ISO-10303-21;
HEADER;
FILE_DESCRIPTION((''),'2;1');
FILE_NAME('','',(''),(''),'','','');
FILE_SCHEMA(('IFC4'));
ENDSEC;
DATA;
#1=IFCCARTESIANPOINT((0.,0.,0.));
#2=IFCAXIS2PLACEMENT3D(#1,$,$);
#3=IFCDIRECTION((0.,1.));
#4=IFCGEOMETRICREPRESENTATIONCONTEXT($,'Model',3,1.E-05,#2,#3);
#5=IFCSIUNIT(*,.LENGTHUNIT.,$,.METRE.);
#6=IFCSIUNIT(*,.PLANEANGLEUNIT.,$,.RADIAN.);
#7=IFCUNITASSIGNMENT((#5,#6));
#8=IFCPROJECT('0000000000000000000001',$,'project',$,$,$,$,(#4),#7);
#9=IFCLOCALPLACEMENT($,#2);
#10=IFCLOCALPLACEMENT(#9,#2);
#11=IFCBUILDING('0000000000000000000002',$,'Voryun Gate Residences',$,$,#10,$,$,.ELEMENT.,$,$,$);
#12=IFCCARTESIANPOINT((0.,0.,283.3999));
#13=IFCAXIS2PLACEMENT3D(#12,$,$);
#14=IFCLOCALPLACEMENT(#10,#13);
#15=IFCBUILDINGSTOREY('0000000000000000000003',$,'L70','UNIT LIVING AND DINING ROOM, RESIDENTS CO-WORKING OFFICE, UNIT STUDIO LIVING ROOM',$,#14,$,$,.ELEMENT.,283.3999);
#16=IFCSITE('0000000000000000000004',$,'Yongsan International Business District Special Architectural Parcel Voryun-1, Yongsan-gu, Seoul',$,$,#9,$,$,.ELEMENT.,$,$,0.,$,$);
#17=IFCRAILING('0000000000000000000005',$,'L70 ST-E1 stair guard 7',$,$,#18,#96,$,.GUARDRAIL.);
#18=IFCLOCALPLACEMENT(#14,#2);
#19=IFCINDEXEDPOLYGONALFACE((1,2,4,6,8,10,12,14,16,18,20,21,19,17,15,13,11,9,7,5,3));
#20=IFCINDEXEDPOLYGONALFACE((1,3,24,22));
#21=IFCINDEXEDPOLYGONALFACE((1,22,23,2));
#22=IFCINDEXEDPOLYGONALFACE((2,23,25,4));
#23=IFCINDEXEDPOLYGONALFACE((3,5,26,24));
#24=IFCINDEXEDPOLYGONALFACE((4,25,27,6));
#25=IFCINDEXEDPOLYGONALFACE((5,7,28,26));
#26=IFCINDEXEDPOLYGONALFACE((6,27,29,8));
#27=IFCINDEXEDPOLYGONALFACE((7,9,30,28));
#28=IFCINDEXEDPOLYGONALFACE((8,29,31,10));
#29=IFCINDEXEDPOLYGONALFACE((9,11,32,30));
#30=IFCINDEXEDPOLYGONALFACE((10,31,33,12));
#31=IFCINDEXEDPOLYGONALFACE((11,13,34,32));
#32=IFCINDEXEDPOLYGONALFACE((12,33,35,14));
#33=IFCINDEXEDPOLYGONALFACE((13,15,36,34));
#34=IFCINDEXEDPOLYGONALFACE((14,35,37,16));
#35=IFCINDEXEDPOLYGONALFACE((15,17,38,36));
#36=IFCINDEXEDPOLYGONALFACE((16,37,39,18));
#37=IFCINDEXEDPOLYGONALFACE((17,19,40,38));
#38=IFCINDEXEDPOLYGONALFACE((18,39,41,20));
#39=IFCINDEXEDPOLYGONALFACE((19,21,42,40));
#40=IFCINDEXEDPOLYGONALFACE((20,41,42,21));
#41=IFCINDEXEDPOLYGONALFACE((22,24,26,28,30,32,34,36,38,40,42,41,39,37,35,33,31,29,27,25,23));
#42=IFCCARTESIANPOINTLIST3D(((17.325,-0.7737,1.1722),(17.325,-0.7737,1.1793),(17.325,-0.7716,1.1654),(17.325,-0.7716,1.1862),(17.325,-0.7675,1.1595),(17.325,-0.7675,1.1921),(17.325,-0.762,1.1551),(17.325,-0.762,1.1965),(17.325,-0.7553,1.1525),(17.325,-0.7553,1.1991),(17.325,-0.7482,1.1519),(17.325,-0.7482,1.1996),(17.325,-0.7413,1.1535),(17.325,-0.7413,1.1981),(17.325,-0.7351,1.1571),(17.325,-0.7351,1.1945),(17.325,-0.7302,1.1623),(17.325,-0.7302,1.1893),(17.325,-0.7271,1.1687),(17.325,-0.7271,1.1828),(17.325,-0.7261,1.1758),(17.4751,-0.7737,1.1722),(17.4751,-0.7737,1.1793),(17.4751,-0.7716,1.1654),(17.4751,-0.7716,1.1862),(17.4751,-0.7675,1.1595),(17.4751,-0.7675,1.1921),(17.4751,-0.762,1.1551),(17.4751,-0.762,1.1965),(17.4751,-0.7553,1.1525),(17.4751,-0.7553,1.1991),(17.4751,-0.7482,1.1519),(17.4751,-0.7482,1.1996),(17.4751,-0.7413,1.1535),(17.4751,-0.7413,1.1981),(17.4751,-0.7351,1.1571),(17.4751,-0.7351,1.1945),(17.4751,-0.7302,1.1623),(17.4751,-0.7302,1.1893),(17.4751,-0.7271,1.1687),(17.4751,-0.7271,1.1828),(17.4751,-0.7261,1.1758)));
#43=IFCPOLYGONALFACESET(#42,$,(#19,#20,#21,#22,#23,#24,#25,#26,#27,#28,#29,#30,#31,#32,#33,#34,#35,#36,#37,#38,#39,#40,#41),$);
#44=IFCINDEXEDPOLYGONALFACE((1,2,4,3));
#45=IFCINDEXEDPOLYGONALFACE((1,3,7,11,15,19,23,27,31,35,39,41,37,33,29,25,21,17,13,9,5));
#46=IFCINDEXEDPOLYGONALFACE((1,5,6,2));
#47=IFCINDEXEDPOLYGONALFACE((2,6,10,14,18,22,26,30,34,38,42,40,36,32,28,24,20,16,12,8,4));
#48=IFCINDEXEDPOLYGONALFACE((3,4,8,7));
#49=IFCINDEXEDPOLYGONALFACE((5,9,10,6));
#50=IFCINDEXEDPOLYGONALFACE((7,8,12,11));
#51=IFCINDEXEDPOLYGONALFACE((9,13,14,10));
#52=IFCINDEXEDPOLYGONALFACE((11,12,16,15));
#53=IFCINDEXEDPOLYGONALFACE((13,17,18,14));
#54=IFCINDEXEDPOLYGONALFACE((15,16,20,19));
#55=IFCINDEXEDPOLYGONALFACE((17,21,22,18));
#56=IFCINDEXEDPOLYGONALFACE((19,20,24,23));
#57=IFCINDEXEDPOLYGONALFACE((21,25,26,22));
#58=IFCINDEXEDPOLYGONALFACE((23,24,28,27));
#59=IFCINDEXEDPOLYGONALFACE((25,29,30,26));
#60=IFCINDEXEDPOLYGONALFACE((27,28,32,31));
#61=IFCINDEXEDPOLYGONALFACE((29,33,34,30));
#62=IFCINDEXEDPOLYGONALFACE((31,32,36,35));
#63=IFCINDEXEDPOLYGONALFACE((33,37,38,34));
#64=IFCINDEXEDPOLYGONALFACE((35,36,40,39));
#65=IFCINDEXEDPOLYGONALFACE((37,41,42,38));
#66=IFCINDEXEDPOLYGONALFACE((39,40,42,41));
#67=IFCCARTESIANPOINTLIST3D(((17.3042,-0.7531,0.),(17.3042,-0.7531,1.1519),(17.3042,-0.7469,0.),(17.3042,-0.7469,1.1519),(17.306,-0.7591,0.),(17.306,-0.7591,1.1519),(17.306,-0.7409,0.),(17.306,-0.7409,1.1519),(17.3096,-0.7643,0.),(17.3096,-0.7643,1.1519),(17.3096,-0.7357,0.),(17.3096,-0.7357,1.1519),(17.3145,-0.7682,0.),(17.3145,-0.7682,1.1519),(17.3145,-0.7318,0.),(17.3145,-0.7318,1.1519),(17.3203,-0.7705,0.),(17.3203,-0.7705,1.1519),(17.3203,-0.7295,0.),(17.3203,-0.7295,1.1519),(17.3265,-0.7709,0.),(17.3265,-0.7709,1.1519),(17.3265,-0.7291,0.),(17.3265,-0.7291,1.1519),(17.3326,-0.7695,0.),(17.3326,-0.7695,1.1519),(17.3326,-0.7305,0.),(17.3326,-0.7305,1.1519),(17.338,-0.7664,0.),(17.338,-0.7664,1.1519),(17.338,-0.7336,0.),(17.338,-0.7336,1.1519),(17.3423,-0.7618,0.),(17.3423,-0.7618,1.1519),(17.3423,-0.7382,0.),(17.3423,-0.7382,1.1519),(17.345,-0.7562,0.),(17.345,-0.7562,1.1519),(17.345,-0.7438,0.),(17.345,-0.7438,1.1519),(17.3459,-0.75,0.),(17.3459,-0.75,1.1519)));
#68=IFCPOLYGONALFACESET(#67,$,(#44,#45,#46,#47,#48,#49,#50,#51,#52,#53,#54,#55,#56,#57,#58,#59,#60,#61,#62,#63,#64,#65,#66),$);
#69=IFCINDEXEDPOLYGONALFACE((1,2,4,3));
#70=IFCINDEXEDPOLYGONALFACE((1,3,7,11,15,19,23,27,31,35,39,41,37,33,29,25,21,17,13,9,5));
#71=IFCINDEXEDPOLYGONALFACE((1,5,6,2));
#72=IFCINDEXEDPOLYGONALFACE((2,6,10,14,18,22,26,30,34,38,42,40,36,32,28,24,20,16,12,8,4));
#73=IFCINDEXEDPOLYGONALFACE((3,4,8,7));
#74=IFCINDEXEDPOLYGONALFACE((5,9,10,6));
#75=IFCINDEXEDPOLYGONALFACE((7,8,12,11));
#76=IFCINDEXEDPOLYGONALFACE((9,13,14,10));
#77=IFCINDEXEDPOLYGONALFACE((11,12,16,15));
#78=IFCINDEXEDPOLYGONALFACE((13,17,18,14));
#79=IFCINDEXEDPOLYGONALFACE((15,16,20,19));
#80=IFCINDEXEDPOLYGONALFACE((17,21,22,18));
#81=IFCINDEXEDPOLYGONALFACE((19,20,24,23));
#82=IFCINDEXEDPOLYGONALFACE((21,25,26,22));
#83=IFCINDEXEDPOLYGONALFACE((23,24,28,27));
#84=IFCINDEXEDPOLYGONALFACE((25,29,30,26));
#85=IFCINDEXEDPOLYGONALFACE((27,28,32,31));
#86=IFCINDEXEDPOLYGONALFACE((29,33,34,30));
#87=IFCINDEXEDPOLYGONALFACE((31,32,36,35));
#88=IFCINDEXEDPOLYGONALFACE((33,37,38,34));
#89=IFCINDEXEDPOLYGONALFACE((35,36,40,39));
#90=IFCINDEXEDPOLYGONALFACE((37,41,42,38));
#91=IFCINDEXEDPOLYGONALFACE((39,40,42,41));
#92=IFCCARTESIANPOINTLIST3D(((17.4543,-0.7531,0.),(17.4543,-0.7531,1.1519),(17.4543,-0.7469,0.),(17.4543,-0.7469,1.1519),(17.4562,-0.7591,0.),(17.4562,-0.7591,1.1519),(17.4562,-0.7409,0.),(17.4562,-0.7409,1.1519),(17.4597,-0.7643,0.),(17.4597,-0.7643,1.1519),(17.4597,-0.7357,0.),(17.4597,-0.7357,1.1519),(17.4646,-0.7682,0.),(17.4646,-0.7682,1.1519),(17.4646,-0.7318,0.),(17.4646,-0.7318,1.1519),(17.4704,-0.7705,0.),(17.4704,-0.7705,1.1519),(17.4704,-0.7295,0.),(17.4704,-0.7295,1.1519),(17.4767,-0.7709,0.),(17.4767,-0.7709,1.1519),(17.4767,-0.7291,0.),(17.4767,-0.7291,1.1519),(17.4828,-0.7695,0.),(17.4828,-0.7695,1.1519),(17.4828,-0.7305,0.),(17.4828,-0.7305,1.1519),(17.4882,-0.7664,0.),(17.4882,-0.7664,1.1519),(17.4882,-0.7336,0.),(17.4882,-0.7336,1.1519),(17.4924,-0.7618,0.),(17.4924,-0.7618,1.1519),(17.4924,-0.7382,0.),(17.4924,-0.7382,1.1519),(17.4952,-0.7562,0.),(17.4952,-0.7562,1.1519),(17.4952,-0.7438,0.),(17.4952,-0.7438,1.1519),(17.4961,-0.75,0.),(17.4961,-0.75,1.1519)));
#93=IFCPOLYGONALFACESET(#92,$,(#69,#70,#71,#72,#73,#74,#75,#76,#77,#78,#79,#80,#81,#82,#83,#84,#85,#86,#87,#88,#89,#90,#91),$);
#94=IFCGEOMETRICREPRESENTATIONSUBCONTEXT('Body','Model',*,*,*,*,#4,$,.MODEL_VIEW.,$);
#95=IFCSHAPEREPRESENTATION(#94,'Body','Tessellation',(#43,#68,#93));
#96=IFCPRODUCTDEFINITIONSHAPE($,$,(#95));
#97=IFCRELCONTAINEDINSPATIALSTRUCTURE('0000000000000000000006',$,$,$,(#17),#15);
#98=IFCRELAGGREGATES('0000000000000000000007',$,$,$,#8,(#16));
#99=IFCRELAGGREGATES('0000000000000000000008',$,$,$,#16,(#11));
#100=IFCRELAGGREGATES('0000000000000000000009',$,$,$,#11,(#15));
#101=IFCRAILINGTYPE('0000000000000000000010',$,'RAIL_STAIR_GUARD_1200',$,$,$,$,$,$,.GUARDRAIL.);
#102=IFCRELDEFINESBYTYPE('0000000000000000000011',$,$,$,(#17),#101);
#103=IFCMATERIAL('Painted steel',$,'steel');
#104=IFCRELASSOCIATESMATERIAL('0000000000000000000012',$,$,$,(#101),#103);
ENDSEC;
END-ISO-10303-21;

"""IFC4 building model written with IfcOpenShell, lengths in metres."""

from ifc_helpers import new_model, si_unit, direction, frame, origin, origin_2d, place, context, subcontext, project, spatial, circle, extrude, material, type_object, element, save


model = new_model("IFC4")

# Units and contexts
model_context = context("Model", 3, precision=1e-05, world=origin(), true_north=direction((0.0, 1.0)))
body_context = subcontext(model_context, "Body", "Model", "MODEL_VIEW")
ifc_project = project(units=[si_unit("LENGTHUNIT", "METRE"), si_unit("PLANEANGLEUNIT", "RADIAN")], contexts=[model_context])

# Site, building, storey
site_placement = place(None, origin())
site = spatial("IfcSite", under=ifc_project, at=site_placement, Name="Yongsan International Business District Special Architectural Parcel Voryun-1, Yongsan-gu, Seoul", CompositionType="ELEMENT", RefElevation=0.0)
building_placement = place(site_placement, origin())
building = spatial("IfcBuilding", under=site, at=building_placement, Name="Voryun Gate Residences", CompositionType="ELEMENT")
storey_placement = place(building_placement, frame((0.0, 0.0, 283.3999)))
storey = spatial("IfcBuildingStorey", under=building, at=storey_placement, Name="L70", Description="UNIT LIVING AND DINING ROOM, RESIDENTS CO-WORKING OFFICE, UNIT STUDIO LIVING ROOM", CompositionType="ELEMENT", Elevation=283.3999)

# Railing
ifc_material_1 = material(Name="Painted steel", Category="steel")
railing_type_1 = type_object("IfcRailingType", Name="RAIL_STAIR_GUARD_1200", PredefinedType="GUARDRAIL", material=ifc_material_1)
railing_1_placement = place(storey_placement, frame((17.325, -0.75, 0.0)))
element("IfcRailing", 1, at=railing_1_placement, inside=storey, type_object=railing_type_1, Name="L70 ST-E1 stair guard 7", PredefinedType="GUARDRAIL", context=body_context, shape_type="SweptSolid", body=[
    extrude(circle(Radius=0.0239, at=origin_2d()), frame((0.0, 0.0, 1.1758), z_axis=(1.0, 0.0, 0.0), x_axis=(0.0, 1.0, 0.0)), (0.0, 0.0, 1.0), 0.1501),
    extrude(circle(Radius=0.021, at=origin_2d()), origin(), (0.0, 0.0, 1.0), 1.1519),
    extrude(circle(Radius=0.021, at=origin_2d()), frame((0.1501, 0.0, 0.0)), (0.0, 0.0, 1.0), 1.1519),
])

save(model, "model.ifc")
